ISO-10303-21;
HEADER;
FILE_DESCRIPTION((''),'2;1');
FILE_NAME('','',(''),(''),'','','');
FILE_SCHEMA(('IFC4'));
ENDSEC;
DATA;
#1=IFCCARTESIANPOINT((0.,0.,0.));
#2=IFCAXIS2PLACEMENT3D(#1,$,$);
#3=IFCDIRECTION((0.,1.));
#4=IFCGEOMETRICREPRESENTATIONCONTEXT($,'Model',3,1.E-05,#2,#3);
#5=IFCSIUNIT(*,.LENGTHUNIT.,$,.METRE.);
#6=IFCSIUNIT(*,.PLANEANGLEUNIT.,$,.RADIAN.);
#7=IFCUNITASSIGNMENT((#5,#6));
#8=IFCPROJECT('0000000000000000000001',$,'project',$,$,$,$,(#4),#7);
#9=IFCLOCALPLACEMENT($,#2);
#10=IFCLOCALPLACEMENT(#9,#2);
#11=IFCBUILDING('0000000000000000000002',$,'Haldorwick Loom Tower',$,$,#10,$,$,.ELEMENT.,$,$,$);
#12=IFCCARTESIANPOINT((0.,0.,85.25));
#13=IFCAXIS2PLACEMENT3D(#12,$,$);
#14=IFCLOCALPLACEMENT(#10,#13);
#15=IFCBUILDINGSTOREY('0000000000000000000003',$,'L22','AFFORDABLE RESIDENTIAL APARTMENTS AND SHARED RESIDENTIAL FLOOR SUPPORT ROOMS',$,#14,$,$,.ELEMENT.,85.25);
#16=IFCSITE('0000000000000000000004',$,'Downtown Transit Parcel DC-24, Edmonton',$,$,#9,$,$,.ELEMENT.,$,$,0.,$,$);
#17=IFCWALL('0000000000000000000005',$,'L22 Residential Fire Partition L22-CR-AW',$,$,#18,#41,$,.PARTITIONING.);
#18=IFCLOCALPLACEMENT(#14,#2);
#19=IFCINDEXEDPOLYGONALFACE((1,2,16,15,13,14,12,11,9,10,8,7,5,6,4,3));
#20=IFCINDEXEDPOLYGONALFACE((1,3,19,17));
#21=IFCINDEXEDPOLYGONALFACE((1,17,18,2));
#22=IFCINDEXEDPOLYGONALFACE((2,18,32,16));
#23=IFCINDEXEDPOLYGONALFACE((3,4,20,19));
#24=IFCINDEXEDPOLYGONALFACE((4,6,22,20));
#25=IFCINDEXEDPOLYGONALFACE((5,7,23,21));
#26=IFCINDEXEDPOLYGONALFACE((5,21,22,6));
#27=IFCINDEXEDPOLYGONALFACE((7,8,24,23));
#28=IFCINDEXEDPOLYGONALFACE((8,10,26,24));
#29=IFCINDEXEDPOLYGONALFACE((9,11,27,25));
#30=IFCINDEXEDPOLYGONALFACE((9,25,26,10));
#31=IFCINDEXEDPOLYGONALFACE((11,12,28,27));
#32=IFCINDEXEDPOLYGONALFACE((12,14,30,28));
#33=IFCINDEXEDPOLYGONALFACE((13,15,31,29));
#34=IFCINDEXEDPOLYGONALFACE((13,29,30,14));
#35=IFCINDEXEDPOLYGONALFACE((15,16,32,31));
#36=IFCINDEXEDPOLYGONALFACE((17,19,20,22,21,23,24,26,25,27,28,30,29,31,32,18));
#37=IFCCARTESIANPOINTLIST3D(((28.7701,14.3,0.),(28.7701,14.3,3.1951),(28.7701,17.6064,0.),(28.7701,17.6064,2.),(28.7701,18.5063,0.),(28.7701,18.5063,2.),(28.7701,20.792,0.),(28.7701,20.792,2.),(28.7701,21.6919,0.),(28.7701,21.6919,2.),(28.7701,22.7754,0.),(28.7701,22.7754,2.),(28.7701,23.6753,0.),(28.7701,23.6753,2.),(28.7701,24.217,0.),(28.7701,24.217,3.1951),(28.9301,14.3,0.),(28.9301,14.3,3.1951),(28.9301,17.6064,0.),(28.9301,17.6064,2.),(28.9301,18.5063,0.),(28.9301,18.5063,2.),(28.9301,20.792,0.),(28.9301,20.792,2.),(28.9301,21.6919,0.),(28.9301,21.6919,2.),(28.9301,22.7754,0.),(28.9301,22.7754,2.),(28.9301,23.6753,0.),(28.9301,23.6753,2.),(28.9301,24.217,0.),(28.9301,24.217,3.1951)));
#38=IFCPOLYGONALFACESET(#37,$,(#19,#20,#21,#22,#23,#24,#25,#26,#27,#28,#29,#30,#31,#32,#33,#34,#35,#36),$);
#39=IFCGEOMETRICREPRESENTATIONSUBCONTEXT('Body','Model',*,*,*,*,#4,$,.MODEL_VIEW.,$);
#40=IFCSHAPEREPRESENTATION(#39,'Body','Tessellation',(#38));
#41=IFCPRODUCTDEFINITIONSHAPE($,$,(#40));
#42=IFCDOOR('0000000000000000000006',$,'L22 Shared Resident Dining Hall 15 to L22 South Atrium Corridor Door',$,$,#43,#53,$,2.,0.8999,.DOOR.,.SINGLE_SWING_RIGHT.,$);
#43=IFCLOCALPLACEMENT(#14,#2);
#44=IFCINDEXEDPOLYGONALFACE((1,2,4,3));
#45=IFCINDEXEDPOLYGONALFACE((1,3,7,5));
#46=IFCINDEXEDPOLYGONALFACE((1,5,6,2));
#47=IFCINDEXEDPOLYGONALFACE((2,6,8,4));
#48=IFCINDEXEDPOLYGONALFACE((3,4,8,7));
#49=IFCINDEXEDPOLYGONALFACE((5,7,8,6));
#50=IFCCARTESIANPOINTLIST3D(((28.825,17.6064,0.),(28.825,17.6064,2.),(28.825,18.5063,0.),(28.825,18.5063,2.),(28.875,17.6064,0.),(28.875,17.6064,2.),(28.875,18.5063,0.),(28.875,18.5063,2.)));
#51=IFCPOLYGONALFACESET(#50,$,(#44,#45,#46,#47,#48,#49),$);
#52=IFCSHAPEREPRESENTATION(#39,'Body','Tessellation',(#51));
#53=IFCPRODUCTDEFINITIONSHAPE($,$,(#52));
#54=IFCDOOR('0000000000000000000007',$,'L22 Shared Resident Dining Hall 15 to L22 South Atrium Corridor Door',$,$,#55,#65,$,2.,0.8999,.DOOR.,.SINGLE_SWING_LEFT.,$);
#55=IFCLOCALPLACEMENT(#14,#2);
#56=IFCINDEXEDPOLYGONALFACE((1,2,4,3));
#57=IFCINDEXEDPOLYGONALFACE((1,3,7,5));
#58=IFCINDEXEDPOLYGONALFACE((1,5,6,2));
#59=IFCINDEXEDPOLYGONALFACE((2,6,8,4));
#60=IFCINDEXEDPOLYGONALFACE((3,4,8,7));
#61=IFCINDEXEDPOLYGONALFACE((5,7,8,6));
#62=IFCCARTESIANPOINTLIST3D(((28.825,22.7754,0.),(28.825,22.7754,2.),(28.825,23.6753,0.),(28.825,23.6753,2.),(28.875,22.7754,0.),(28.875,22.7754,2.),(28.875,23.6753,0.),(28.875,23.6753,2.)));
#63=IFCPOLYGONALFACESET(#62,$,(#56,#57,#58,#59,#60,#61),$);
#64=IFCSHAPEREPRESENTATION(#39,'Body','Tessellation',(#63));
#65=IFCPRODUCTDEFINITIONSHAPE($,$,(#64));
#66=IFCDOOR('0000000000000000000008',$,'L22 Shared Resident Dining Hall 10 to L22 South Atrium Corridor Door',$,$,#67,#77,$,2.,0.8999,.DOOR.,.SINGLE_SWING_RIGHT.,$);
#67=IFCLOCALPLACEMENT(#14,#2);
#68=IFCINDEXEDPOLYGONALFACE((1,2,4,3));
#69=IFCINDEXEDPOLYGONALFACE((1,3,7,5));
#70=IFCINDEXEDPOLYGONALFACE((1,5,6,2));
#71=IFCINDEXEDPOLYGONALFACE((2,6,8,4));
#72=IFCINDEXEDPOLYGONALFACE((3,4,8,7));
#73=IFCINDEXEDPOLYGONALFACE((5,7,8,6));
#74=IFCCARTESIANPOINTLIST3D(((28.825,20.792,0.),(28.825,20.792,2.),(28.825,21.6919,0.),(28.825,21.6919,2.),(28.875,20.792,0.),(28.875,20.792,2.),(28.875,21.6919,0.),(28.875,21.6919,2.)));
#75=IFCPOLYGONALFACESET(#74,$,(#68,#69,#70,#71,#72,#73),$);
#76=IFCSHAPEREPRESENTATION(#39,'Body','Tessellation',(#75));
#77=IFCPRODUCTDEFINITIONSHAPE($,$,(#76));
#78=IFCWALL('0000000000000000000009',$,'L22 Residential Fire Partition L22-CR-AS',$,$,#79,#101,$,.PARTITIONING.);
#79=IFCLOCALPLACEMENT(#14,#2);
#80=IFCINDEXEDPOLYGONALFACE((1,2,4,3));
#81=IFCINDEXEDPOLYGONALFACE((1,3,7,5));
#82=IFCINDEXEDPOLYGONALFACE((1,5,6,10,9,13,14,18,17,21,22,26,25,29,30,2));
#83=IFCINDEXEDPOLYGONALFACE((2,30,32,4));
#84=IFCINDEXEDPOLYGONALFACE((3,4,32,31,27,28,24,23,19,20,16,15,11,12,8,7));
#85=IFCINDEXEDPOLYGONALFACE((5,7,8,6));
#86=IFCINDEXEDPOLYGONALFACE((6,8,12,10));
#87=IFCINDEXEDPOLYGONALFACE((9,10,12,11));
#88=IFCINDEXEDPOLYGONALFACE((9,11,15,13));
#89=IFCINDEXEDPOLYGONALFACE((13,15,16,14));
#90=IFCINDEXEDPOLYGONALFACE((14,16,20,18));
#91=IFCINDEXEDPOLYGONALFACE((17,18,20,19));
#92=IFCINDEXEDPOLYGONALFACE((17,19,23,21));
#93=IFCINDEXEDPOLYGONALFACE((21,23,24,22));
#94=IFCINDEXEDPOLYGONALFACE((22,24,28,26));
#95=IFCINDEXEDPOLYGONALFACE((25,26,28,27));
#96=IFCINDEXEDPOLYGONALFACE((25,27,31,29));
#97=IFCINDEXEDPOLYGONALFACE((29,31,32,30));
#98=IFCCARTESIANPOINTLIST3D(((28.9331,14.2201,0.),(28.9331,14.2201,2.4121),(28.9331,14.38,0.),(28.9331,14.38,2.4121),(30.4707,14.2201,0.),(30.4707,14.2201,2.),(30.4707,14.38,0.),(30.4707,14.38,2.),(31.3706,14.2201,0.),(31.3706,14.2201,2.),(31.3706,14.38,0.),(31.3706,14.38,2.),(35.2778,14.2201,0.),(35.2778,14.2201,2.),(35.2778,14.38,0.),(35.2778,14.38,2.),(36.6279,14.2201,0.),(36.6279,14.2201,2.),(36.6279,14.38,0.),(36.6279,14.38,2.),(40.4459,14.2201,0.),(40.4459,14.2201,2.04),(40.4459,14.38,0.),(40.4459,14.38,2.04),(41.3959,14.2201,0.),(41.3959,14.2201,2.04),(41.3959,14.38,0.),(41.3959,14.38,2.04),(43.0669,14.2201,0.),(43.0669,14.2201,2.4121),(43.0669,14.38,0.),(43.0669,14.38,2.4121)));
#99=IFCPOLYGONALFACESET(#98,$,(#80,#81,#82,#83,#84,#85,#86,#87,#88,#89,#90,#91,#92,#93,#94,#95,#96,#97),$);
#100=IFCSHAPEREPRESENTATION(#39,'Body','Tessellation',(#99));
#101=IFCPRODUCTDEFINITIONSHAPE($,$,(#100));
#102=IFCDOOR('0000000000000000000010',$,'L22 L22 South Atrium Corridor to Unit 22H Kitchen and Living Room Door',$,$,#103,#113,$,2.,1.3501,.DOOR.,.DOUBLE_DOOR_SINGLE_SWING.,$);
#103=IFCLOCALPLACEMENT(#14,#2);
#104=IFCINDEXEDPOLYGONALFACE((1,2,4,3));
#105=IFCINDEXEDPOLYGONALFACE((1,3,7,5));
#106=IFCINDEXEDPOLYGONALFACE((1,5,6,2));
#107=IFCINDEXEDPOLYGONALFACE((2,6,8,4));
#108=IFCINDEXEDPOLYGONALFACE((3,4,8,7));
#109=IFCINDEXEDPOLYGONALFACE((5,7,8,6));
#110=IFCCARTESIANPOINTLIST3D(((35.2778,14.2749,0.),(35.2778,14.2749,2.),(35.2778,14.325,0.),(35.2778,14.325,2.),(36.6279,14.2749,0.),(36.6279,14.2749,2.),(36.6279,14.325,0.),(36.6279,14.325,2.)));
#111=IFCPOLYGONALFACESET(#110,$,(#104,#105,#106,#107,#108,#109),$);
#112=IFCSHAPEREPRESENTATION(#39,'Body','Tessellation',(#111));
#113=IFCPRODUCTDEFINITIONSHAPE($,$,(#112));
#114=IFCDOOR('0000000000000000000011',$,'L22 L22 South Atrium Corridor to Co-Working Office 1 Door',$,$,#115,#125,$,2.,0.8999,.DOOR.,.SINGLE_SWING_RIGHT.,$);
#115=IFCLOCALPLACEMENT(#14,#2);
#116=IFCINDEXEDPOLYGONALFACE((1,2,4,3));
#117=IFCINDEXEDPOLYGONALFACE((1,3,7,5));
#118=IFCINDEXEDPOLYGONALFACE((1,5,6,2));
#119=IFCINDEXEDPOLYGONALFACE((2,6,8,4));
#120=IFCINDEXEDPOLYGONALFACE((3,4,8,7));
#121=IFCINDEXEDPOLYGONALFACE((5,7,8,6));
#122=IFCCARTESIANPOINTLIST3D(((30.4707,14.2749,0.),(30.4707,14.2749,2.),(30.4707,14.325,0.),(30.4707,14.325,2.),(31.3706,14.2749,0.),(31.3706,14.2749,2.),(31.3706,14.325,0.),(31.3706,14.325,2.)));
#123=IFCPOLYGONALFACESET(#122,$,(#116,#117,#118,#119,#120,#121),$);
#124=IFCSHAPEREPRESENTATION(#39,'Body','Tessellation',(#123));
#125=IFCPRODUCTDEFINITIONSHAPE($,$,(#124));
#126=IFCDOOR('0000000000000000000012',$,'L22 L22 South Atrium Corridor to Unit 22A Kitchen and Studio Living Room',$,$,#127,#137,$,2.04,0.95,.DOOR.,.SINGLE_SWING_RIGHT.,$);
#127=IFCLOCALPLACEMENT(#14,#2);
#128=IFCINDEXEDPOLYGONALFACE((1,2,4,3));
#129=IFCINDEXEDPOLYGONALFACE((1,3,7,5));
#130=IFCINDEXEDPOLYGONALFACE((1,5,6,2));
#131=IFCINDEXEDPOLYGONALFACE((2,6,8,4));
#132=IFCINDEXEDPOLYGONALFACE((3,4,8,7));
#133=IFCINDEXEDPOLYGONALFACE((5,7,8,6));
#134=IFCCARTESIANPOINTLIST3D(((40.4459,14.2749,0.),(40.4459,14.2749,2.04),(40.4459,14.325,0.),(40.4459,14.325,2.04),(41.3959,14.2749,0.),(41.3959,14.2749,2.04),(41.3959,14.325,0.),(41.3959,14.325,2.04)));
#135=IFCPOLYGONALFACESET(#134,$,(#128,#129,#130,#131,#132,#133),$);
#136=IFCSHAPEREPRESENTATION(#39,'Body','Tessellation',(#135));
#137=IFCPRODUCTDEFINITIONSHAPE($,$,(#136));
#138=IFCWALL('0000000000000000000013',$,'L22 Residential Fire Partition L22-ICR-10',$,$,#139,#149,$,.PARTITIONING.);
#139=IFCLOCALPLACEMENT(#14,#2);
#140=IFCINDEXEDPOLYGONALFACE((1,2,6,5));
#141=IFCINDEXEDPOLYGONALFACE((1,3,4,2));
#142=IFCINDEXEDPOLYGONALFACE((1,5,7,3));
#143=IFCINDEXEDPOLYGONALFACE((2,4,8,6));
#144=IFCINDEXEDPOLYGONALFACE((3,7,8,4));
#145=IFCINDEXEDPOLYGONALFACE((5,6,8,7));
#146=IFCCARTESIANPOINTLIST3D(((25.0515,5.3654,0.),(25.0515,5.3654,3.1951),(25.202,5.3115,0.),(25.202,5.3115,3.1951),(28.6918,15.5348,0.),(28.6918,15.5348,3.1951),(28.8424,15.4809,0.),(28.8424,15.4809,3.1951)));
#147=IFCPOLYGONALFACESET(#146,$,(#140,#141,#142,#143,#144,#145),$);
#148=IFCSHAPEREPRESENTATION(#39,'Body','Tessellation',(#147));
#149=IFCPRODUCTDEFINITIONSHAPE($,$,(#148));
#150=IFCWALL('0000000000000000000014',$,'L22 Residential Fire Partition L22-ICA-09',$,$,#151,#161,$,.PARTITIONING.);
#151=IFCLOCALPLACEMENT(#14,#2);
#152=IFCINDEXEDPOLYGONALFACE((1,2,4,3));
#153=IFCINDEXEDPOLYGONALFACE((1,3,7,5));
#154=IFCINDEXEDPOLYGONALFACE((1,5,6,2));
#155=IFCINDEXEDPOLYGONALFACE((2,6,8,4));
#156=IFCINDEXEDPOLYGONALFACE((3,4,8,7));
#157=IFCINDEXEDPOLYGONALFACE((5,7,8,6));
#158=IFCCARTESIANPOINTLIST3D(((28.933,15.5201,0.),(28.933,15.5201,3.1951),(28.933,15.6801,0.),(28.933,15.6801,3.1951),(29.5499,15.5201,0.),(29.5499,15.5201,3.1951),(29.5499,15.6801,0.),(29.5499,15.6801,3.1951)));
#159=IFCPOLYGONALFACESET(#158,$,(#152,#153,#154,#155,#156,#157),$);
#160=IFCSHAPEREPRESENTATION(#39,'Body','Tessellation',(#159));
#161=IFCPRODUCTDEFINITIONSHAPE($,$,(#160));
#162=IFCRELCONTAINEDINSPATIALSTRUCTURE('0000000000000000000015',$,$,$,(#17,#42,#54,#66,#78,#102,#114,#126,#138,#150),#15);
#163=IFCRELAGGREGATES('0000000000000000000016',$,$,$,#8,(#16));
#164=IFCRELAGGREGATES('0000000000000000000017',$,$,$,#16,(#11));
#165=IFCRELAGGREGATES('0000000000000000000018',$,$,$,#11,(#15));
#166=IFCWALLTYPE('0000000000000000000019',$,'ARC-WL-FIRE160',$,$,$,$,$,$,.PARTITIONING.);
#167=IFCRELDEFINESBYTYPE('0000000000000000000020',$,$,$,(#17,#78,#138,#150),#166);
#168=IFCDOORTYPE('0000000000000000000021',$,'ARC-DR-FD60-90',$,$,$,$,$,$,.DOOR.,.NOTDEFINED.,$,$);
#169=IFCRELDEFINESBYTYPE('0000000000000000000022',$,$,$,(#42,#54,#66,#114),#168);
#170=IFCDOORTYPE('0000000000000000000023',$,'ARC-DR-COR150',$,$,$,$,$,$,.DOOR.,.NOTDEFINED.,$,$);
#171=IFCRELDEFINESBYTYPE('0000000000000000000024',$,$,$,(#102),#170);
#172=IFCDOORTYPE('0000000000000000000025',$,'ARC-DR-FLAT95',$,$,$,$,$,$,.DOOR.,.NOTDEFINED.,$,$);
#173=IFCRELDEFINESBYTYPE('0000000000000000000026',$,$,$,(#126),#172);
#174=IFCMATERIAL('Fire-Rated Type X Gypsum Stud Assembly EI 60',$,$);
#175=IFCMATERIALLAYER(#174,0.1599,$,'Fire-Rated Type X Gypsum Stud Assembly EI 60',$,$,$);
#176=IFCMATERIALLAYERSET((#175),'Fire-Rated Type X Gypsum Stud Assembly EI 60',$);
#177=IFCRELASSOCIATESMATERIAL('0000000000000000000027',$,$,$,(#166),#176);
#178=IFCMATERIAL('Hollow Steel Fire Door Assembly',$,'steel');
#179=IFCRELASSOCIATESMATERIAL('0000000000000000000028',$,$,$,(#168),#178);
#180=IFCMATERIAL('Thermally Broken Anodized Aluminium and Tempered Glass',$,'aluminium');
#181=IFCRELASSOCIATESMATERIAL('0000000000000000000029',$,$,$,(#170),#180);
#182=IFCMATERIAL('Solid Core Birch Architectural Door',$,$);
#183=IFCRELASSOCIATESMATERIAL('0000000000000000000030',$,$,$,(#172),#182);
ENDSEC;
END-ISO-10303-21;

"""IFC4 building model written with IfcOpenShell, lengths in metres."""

from ifc_helpers import new_model, si_unit, direction, frame, frame_2d, origin, place, context, subcontext, project, spatial, rectangle, extrude, material, layer, layer_set, type_object, element, fill, save


model = new_model("IFC4")

# Units and contexts
model_context = context("Model", 3, precision=1e-05, world=origin(), true_north=direction((0.0, 1.0)))
body_context = subcontext(model_context, "Body", "Model", "MODEL_VIEW")
ifc_project = project(units=[si_unit("LENGTHUNIT", "METRE"), si_unit("PLANEANGLEUNIT", "RADIAN")], contexts=[model_context])

# Site, building, storey
site_placement = place(None, origin())
site = spatial("IfcSite", under=ifc_project, at=site_placement, Name="Downtown Transit Parcel DC-24, Edmonton", CompositionType="ELEMENT", RefElevation=0.0)
building_placement = place(site_placement, origin())
building = spatial("IfcBuilding", under=site, at=building_placement, Name="Haldorwick Loom Tower", CompositionType="ELEMENT")
storey_placement = place(building_placement, frame((0.0, 0.0, 85.25)))
storey = spatial("IfcBuildingStorey", under=building, at=storey_placement, Name="L22", Description="AFFORDABLE RESIDENTIAL APARTMENTS AND SHARED RESIDENTIAL FLOOR SUPPORT ROOMS", CompositionType="ELEMENT", Elevation=85.25)

# Walls, openings, doors
ifc_material_1 = material(Name="Fire-Rated Type X Gypsum Stud Assembly EI 60")
ifc_layer_1 = layer(ifc_material_1, 0.1599, Name="Fire-Rated Type X Gypsum Stud Assembly EI 60")
ifc_layer_set_1 = layer_set([ifc_layer_1], Name="Fire-Rated Type X Gypsum Stud Assembly EI 60")
wall_type_1 = type_object("IfcWallType", Name="ARC-WL-FIRE160", PredefinedType="PARTITIONING", material=ifc_layer_set_1)
wall_1_placement = place(storey_placement, frame((28.8501, 14.3, 0.0), z_axis=(0.0, 0.0, 1.0), x_axis=(0.0, 1.0, 0.0)))
wall_1 = element("IfcWall", 1, at=wall_1_placement, inside=storey, type_object=wall_type_1, Name="L22 Residential Fire Partition L22-CR-AW", PredefinedType="PARTITIONING", context=body_context, shape_type="SweptSolid", body=[
    extrude(rectangle(XDim=9.917, YDim=0.1599, at=frame_2d((4.9585, 0.0))), origin(), (0.0, 0.0, 1.0), 3.1951),
])
opening_1_placement = place(wall_1_placement, frame((3.3064, 0.0, 0.0)))
opening_1 = element("IfcOpeningElement", 2, at=opening_1_placement, cuts=wall_1, PredefinedType="OPENING", context=body_context, shape_type="SweptSolid", body=[
    extrude(rectangle(XDim=0.8999, YDim=2.0, at=frame_2d((0.45, 1.0))), frame((0.0, 0.0898, 0.0), z_axis=(0.0, -1.0, 0.0), x_axis=(1.0, 0.0, 0.0)), (0.0, 0.0, 1.0), 0.1799),
])
opening_2_placement = place(wall_1_placement, frame((8.4753, 0.0, 0.0)))
opening_2 = element("IfcOpeningElement", 3, at=opening_2_placement, cuts=wall_1, PredefinedType="OPENING", context=body_context, shape_type="SweptSolid", body=[
    extrude(rectangle(XDim=0.8999, YDim=2.0, at=frame_2d((0.45, 1.0))), frame((0.0, 0.0898, 0.0), z_axis=(0.0, -1.0, 0.0), x_axis=(1.0, 0.0, 0.0)), (0.0, 0.0, 1.0), 0.1799),
])
opening_3_placement = place(wall_1_placement, frame((6.4919, 0.0, 0.0)))
opening_3 = element("IfcOpeningElement", 4, at=opening_3_placement, cuts=wall_1, PredefinedType="OPENING", context=body_context, shape_type="SweptSolid", body=[
    extrude(rectangle(XDim=0.8999, YDim=2.0, at=frame_2d((0.45, 1.0))), frame((0.0, 0.0898, 0.0), z_axis=(0.0, -1.0, 0.0), x_axis=(1.0, 0.0, 0.0)), (0.0, 0.0, 1.0), 0.1799),
])
ifc_material_2 = material(Name="Hollow Steel Fire Door Assembly", Category="steel")
door_type_1 = type_object("IfcDoorType", Name="ARC-DR-FD60-90", OperationType="NOTDEFINED", PredefinedType="DOOR", material=ifc_material_2)
door_1_placement = place(opening_1_placement, frame((0.8999, 0.0, 0.0), z_axis=(0.0, 0.0, 1.0), x_axis=(-1.0, 0.0, 0.0)))
door_1 = element("IfcDoor", 5, at=door_1_placement, inside=storey, type_object=door_type_1, Name="L22 Shared Resident Dining Hall 15 to L22 South Atrium Corridor Door", OperationType="SINGLE_SWING_RIGHT", OverallHeight=2.0, OverallWidth=0.8999, PredefinedType="DOOR", context=body_context, shape_type="SweptSolid", body=[
    extrude(rectangle(XDim=0.8999, YDim=2.0, at=frame_2d((0.45, 1.0))), frame((0.0, 0.0249, 0.0), z_axis=(0.0, -1.0, 0.0), x_axis=(1.0, 0.0, 0.0)), (0.0, 0.0, 1.0), 0.05),
])
fill(opening_1, door_1)
door_2_placement = place(opening_2_placement, frame((0.8999, 0.0, 0.0), z_axis=(0.0, 0.0, 1.0), x_axis=(-1.0, 0.0, 0.0)))
door_2 = element("IfcDoor", 6, at=door_2_placement, inside=storey, type_object=door_type_1, Name="L22 Shared Resident Dining Hall 15 to L22 South Atrium Corridor Door", OperationType="SINGLE_SWING_LEFT", OverallHeight=2.0, OverallWidth=0.8999, PredefinedType="DOOR", context=body_context, shape_type="SweptSolid", body=[
    extrude(rectangle(XDim=0.8999, YDim=2.0, at=frame_2d((0.45, 1.0))), frame((0.0, 0.0249, 0.0), z_axis=(0.0, -1.0, 0.0), x_axis=(1.0, 0.0, 0.0)), (0.0, 0.0, 1.0), 0.05),
])
fill(opening_2, door_2)
door_3_placement = place(opening_3_placement, frame((0.8999, 0.0, 0.0), z_axis=(0.0, 0.0, 1.0), x_axis=(-1.0, 0.0, 0.0)))
door_3 = element("IfcDoor", 7, at=door_3_placement, inside=storey, type_object=door_type_1, Name="L22 Shared Resident Dining Hall 10 to L22 South Atrium Corridor Door", OperationType="SINGLE_SWING_RIGHT", OverallHeight=2.0, OverallWidth=0.8999, PredefinedType="DOOR", context=body_context, shape_type="SweptSolid", body=[
    extrude(rectangle(XDim=0.8999, YDim=2.0, at=frame_2d((0.45, 1.0))), frame((0.0, 0.0249, 0.0), z_axis=(0.0, -1.0, 0.0), x_axis=(1.0, 0.0, 0.0)), (0.0, 0.0, 1.0), 0.05),
])
fill(opening_3, door_3)
wall_2_placement = place(storey_placement, frame((28.9331, 14.3, 0.0), z_axis=(0.0, 0.0, 1.0), x_axis=(1.0, 0.0, 0.0)))
wall_2 = element("IfcWall", 8, at=wall_2_placement, inside=storey, type_object=wall_type_1, Name="L22 Residential Fire Partition L22-CR-AS", PredefinedType="PARTITIONING", context=body_context, shape_type="SweptSolid", body=[
    extrude(rectangle(XDim=14.1338, YDim=0.1599, at=frame_2d((7.0669, 0.0))), origin(), (0.0, 0.0, 1.0), 2.4121),
])
opening_4_placement = place(wall_2_placement, frame((6.3447, 0.0, 0.0)))
opening_4 = element("IfcOpeningElement", 9, at=opening_4_placement, cuts=wall_2, PredefinedType="OPENING", context=body_context, shape_type="SweptSolid", body=[
    extrude(rectangle(XDim=1.3501, YDim=2.0, at=frame_2d((0.675, 1.0))), frame((0.0, 0.0898, 0.0), z_axis=(0.0, -1.0, 0.0), x_axis=(1.0, 0.0, 0.0)), (0.0, 0.0, 1.0), 0.1799),
])
opening_5_placement = place(wall_2_placement, frame((11.5127, 0.0, 0.0)))
opening_5 = element("IfcOpeningElement", 10, at=opening_5_placement, cuts=wall_2, PredefinedType="OPENING", context=body_context, shape_type="SweptSolid", body=[
    extrude(rectangle(XDim=0.95, YDim=2.04, at=frame_2d((0.4751, 1.02))), frame((0.0, 0.0898, 0.0), z_axis=(0.0, -1.0, 0.0), x_axis=(1.0, 0.0, 0.0)), (0.0, 0.0, 1.0), 0.1799),
])
opening_6_placement = place(wall_2_placement, frame((1.5376, 0.0, 0.0)))
opening_6 = element("IfcOpeningElement", 11, at=opening_6_placement, cuts=wall_2, PredefinedType="OPENING", context=body_context, shape_type="SweptSolid", body=[
    extrude(rectangle(XDim=0.8999, YDim=2.0, at=frame_2d((0.45, 1.0))), frame((0.0, 0.0898, 0.0), z_axis=(0.0, -1.0, 0.0), x_axis=(1.0, 0.0, 0.0)), (0.0, 0.0, 1.0), 0.1799),
])
ifc_material_3 = material(Name="Thermally Broken Anodized Aluminium and Tempered Glass", Category="aluminium")
door_type_2 = type_object("IfcDoorType", Name="ARC-DR-COR150", OperationType="NOTDEFINED", PredefinedType="DOOR", material=ifc_material_3)
door_4_placement = place(opening_4_placement, origin())
door_4 = element("IfcDoor", 12, at=door_4_placement, inside=storey, type_object=door_type_2, Name="L22 L22 South Atrium Corridor to Unit 22H Kitchen and Living Room Door", OperationType="DOUBLE_DOOR_SINGLE_SWING", OverallHeight=2.0, OverallWidth=1.3501, PredefinedType="DOOR", context=body_context, shape_type="SweptSolid", body=[
    extrude(rectangle(XDim=1.3501, YDim=2.0, at=frame_2d((0.675, 1.0))), frame((0.0, 0.0249, 0.0), z_axis=(0.0, -1.0, 0.0), x_axis=(1.0, 0.0, 0.0)), (0.0, 0.0, 1.0), 0.05),
])
fill(opening_4, door_4)
door_5_placement = place(opening_6_placement, origin())
door_5 = element("IfcDoor", 13, at=door_5_placement, inside=storey, type_object=door_type_1, Name="L22 L22 South Atrium Corridor to Co-Working Office 1 Door", OperationType="SINGLE_SWING_RIGHT", OverallHeight=2.0, OverallWidth=0.8999, PredefinedType="DOOR", context=body_context, shape_type="SweptSolid", body=[
    extrude(rectangle(XDim=0.8999, YDim=2.0, at=frame_2d((0.45, 1.0))), frame((0.0, 0.0249, 0.0), z_axis=(0.0, -1.0, 0.0), x_axis=(1.0, 0.0, 0.0)), (0.0, 0.0, 1.0), 0.05),
])
fill(opening_6, door_5)
ifc_material_4 = material(Name="Solid Core Birch Architectural Door")
door_type_3 = type_object("IfcDoorType", Name="ARC-DR-FLAT95", OperationType="NOTDEFINED", PredefinedType="DOOR", material=ifc_material_4)
door_6_placement = place(opening_5_placement, origin())
door_6 = element("IfcDoor", 14, at=door_6_placement, inside=storey, type_object=door_type_3, Name="L22 L22 South Atrium Corridor to Unit 22A Kitchen and Studio Living Room", OperationType="SINGLE_SWING_RIGHT", OverallHeight=2.04, OverallWidth=0.95, PredefinedType="DOOR", context=body_context, shape_type="SweptSolid", body=[
    extrude(rectangle(XDim=0.95, YDim=2.04, at=frame_2d((0.4751, 1.02))), frame((0.0, 0.0249, 0.0), z_axis=(0.0, -1.0, 0.0), x_axis=(1.0, 0.0, 0.0)), (0.0, 0.0, 1.0), 0.05),
])
fill(opening_5, door_6)

# Walls
wall_3_placement = place(storey_placement, frame((28.7671, 15.5078, 0.0), z_axis=(0.0, 0.0, 1.0), x_axis=(-0.337029, -0.941494, 0.0)))
element("IfcWall", 15, at=wall_3_placement, inside=storey, type_object=wall_type_1, Name="L22 Residential Fire Partition L22-ICR-10", PredefinedType="PARTITIONING", context=body_context, shape_type="SweptSolid", body=[
    extrude(rectangle(XDim=10.8013, YDim=0.1599, at=frame_2d((5.4006, 0.0))), origin(), (0.0, 0.0, 1.0), 3.1951),
])
wall_4_placement = place(storey_placement, frame((29.55, 15.6001, 0.0), z_axis=(0.0, 0.0, 1.0), x_axis=(-1.0, 0.0, 0.0)))
element("IfcWall", 16, at=wall_4_placement, inside=storey, type_object=wall_type_1, Name="L22 Residential Fire Partition L22-ICA-09", PredefinedType="PARTITIONING", context=body_context, shape_type="SweptSolid", body=[
    extrude(rectangle(XDim=0.6169, YDim=0.1599, at=frame_2d((0.3086, 0.0))), origin(), (0.0, 0.0, 1.0), 3.1951),
])

save(model, "model.ifc")
